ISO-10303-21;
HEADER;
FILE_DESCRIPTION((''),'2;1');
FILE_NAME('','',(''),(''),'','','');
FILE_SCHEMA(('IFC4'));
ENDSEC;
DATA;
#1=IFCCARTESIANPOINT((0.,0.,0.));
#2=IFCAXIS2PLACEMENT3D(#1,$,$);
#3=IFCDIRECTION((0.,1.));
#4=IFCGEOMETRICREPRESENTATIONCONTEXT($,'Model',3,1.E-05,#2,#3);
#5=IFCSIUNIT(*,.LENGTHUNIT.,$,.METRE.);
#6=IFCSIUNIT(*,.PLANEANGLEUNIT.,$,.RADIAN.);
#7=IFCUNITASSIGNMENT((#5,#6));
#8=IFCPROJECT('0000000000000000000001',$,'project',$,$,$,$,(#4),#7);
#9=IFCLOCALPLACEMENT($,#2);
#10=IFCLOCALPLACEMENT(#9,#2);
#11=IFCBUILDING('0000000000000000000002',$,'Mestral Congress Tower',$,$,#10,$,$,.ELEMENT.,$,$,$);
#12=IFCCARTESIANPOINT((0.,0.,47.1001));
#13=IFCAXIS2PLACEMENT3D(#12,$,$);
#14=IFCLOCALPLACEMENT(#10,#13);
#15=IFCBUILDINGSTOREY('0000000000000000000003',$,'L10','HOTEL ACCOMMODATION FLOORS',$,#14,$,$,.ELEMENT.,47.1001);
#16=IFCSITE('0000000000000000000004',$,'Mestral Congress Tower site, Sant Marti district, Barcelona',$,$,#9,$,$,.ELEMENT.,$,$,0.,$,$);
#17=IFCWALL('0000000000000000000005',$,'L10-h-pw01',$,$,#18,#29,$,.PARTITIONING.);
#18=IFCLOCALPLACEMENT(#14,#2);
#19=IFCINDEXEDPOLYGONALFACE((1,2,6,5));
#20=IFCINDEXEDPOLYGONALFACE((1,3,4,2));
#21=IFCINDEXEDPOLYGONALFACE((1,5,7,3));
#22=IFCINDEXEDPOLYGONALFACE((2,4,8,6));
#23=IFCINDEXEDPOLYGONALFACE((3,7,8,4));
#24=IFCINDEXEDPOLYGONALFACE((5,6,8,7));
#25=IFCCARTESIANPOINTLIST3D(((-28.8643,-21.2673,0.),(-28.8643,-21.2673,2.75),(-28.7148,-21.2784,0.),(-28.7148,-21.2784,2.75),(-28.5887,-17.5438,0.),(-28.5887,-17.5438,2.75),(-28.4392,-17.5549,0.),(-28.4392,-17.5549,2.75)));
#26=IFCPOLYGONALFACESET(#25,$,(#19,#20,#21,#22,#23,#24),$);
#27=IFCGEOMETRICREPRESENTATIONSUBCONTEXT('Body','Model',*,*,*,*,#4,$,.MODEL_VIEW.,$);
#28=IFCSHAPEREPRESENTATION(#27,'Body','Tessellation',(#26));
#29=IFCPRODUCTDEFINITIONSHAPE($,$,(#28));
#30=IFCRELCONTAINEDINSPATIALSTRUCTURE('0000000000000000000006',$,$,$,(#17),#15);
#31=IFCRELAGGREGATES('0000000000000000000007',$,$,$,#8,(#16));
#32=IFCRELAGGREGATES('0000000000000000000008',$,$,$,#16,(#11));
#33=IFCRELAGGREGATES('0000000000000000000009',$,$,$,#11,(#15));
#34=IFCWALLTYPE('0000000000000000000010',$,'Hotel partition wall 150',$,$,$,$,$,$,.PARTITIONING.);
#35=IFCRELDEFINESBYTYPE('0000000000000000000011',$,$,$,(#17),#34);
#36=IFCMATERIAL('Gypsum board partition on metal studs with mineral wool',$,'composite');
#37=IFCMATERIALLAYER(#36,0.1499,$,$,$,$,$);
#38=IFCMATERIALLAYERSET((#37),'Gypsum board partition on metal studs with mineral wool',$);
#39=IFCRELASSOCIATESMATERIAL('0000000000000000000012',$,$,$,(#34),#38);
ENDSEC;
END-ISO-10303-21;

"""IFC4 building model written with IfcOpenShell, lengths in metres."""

from ifc_helpers import new_model, si_unit, direction, frame, frame_2d, origin, place, context, subcontext, project, spatial, rectangle, extrude, material, layer, layer_set, type_object, element, save


model = new_model("IFC4")

# Units and contexts
model_context = context("Model", 3, precision=1e-05, world=origin(), true_north=direction((0.0, 1.0)))
body_context = subcontext(model_context, "Body", "Model", "MODEL_VIEW")
ifc_project = project(units=[si_unit("LENGTHUNIT", "METRE"), si_unit("PLANEANGLEUNIT", "RADIAN")], contexts=[model_context])

# Site, building, storey
site_placement = place(None, origin())
site = spatial("IfcSite", under=ifc_project, at=site_placement, Name="Mestral Congress Tower site, Sant Marti district, Barcelona", CompositionType="ELEMENT", RefElevation=0.0)
building_placement = place(site_placement, origin())
building = spatial("IfcBuilding", under=site, at=building_placement, Name="Mestral Congress Tower", CompositionType="ELEMENT")
storey_placement = place(building_placement, frame((0.0, 0.0, 47.1001)))
storey = spatial("IfcBuildingStorey", under=building, at=storey_placement, Name="L10", Description="HOTEL ACCOMMODATION FLOORS", CompositionType="ELEMENT", Elevation=47.1001)

# Shared definitions
ifc_material_1 = material(Name="Gypsum board partition on metal studs with mineral wool", Category="composite")
ifc_layer_1 = layer(ifc_material_1, 0.1499)
ifc_layer_set_1 = layer_set([ifc_layer_1], Name="Gypsum board partition on metal studs with mineral wool")
wall_type_1 = type_object("IfcWallType", Name="Hotel partition wall 150", PredefinedType="PARTITIONING", material=ifc_layer_set_1)

# Wall
wall_1_placement = place(storey_placement, frame((-28.7896, -21.2727, 0.0), z_axis=(0.0, 0.0, 1.0), x_axis=(0.073826, 0.997271, 0.0)))
element("IfcWall", 1, at=wall_1_placement, inside=storey, type_object=wall_type_1, Name="L10-h-pw01", PredefinedType="PARTITIONING", context=body_context, shape_type="SweptSolid", body=[
    extrude(rectangle(XDim=3.7336, YDim=0.1499, at=frame_2d((1.8667, 0.0))), origin(), (0.0, 0.0, 1.0), 2.75),
])

save(model, "model.ifc")
